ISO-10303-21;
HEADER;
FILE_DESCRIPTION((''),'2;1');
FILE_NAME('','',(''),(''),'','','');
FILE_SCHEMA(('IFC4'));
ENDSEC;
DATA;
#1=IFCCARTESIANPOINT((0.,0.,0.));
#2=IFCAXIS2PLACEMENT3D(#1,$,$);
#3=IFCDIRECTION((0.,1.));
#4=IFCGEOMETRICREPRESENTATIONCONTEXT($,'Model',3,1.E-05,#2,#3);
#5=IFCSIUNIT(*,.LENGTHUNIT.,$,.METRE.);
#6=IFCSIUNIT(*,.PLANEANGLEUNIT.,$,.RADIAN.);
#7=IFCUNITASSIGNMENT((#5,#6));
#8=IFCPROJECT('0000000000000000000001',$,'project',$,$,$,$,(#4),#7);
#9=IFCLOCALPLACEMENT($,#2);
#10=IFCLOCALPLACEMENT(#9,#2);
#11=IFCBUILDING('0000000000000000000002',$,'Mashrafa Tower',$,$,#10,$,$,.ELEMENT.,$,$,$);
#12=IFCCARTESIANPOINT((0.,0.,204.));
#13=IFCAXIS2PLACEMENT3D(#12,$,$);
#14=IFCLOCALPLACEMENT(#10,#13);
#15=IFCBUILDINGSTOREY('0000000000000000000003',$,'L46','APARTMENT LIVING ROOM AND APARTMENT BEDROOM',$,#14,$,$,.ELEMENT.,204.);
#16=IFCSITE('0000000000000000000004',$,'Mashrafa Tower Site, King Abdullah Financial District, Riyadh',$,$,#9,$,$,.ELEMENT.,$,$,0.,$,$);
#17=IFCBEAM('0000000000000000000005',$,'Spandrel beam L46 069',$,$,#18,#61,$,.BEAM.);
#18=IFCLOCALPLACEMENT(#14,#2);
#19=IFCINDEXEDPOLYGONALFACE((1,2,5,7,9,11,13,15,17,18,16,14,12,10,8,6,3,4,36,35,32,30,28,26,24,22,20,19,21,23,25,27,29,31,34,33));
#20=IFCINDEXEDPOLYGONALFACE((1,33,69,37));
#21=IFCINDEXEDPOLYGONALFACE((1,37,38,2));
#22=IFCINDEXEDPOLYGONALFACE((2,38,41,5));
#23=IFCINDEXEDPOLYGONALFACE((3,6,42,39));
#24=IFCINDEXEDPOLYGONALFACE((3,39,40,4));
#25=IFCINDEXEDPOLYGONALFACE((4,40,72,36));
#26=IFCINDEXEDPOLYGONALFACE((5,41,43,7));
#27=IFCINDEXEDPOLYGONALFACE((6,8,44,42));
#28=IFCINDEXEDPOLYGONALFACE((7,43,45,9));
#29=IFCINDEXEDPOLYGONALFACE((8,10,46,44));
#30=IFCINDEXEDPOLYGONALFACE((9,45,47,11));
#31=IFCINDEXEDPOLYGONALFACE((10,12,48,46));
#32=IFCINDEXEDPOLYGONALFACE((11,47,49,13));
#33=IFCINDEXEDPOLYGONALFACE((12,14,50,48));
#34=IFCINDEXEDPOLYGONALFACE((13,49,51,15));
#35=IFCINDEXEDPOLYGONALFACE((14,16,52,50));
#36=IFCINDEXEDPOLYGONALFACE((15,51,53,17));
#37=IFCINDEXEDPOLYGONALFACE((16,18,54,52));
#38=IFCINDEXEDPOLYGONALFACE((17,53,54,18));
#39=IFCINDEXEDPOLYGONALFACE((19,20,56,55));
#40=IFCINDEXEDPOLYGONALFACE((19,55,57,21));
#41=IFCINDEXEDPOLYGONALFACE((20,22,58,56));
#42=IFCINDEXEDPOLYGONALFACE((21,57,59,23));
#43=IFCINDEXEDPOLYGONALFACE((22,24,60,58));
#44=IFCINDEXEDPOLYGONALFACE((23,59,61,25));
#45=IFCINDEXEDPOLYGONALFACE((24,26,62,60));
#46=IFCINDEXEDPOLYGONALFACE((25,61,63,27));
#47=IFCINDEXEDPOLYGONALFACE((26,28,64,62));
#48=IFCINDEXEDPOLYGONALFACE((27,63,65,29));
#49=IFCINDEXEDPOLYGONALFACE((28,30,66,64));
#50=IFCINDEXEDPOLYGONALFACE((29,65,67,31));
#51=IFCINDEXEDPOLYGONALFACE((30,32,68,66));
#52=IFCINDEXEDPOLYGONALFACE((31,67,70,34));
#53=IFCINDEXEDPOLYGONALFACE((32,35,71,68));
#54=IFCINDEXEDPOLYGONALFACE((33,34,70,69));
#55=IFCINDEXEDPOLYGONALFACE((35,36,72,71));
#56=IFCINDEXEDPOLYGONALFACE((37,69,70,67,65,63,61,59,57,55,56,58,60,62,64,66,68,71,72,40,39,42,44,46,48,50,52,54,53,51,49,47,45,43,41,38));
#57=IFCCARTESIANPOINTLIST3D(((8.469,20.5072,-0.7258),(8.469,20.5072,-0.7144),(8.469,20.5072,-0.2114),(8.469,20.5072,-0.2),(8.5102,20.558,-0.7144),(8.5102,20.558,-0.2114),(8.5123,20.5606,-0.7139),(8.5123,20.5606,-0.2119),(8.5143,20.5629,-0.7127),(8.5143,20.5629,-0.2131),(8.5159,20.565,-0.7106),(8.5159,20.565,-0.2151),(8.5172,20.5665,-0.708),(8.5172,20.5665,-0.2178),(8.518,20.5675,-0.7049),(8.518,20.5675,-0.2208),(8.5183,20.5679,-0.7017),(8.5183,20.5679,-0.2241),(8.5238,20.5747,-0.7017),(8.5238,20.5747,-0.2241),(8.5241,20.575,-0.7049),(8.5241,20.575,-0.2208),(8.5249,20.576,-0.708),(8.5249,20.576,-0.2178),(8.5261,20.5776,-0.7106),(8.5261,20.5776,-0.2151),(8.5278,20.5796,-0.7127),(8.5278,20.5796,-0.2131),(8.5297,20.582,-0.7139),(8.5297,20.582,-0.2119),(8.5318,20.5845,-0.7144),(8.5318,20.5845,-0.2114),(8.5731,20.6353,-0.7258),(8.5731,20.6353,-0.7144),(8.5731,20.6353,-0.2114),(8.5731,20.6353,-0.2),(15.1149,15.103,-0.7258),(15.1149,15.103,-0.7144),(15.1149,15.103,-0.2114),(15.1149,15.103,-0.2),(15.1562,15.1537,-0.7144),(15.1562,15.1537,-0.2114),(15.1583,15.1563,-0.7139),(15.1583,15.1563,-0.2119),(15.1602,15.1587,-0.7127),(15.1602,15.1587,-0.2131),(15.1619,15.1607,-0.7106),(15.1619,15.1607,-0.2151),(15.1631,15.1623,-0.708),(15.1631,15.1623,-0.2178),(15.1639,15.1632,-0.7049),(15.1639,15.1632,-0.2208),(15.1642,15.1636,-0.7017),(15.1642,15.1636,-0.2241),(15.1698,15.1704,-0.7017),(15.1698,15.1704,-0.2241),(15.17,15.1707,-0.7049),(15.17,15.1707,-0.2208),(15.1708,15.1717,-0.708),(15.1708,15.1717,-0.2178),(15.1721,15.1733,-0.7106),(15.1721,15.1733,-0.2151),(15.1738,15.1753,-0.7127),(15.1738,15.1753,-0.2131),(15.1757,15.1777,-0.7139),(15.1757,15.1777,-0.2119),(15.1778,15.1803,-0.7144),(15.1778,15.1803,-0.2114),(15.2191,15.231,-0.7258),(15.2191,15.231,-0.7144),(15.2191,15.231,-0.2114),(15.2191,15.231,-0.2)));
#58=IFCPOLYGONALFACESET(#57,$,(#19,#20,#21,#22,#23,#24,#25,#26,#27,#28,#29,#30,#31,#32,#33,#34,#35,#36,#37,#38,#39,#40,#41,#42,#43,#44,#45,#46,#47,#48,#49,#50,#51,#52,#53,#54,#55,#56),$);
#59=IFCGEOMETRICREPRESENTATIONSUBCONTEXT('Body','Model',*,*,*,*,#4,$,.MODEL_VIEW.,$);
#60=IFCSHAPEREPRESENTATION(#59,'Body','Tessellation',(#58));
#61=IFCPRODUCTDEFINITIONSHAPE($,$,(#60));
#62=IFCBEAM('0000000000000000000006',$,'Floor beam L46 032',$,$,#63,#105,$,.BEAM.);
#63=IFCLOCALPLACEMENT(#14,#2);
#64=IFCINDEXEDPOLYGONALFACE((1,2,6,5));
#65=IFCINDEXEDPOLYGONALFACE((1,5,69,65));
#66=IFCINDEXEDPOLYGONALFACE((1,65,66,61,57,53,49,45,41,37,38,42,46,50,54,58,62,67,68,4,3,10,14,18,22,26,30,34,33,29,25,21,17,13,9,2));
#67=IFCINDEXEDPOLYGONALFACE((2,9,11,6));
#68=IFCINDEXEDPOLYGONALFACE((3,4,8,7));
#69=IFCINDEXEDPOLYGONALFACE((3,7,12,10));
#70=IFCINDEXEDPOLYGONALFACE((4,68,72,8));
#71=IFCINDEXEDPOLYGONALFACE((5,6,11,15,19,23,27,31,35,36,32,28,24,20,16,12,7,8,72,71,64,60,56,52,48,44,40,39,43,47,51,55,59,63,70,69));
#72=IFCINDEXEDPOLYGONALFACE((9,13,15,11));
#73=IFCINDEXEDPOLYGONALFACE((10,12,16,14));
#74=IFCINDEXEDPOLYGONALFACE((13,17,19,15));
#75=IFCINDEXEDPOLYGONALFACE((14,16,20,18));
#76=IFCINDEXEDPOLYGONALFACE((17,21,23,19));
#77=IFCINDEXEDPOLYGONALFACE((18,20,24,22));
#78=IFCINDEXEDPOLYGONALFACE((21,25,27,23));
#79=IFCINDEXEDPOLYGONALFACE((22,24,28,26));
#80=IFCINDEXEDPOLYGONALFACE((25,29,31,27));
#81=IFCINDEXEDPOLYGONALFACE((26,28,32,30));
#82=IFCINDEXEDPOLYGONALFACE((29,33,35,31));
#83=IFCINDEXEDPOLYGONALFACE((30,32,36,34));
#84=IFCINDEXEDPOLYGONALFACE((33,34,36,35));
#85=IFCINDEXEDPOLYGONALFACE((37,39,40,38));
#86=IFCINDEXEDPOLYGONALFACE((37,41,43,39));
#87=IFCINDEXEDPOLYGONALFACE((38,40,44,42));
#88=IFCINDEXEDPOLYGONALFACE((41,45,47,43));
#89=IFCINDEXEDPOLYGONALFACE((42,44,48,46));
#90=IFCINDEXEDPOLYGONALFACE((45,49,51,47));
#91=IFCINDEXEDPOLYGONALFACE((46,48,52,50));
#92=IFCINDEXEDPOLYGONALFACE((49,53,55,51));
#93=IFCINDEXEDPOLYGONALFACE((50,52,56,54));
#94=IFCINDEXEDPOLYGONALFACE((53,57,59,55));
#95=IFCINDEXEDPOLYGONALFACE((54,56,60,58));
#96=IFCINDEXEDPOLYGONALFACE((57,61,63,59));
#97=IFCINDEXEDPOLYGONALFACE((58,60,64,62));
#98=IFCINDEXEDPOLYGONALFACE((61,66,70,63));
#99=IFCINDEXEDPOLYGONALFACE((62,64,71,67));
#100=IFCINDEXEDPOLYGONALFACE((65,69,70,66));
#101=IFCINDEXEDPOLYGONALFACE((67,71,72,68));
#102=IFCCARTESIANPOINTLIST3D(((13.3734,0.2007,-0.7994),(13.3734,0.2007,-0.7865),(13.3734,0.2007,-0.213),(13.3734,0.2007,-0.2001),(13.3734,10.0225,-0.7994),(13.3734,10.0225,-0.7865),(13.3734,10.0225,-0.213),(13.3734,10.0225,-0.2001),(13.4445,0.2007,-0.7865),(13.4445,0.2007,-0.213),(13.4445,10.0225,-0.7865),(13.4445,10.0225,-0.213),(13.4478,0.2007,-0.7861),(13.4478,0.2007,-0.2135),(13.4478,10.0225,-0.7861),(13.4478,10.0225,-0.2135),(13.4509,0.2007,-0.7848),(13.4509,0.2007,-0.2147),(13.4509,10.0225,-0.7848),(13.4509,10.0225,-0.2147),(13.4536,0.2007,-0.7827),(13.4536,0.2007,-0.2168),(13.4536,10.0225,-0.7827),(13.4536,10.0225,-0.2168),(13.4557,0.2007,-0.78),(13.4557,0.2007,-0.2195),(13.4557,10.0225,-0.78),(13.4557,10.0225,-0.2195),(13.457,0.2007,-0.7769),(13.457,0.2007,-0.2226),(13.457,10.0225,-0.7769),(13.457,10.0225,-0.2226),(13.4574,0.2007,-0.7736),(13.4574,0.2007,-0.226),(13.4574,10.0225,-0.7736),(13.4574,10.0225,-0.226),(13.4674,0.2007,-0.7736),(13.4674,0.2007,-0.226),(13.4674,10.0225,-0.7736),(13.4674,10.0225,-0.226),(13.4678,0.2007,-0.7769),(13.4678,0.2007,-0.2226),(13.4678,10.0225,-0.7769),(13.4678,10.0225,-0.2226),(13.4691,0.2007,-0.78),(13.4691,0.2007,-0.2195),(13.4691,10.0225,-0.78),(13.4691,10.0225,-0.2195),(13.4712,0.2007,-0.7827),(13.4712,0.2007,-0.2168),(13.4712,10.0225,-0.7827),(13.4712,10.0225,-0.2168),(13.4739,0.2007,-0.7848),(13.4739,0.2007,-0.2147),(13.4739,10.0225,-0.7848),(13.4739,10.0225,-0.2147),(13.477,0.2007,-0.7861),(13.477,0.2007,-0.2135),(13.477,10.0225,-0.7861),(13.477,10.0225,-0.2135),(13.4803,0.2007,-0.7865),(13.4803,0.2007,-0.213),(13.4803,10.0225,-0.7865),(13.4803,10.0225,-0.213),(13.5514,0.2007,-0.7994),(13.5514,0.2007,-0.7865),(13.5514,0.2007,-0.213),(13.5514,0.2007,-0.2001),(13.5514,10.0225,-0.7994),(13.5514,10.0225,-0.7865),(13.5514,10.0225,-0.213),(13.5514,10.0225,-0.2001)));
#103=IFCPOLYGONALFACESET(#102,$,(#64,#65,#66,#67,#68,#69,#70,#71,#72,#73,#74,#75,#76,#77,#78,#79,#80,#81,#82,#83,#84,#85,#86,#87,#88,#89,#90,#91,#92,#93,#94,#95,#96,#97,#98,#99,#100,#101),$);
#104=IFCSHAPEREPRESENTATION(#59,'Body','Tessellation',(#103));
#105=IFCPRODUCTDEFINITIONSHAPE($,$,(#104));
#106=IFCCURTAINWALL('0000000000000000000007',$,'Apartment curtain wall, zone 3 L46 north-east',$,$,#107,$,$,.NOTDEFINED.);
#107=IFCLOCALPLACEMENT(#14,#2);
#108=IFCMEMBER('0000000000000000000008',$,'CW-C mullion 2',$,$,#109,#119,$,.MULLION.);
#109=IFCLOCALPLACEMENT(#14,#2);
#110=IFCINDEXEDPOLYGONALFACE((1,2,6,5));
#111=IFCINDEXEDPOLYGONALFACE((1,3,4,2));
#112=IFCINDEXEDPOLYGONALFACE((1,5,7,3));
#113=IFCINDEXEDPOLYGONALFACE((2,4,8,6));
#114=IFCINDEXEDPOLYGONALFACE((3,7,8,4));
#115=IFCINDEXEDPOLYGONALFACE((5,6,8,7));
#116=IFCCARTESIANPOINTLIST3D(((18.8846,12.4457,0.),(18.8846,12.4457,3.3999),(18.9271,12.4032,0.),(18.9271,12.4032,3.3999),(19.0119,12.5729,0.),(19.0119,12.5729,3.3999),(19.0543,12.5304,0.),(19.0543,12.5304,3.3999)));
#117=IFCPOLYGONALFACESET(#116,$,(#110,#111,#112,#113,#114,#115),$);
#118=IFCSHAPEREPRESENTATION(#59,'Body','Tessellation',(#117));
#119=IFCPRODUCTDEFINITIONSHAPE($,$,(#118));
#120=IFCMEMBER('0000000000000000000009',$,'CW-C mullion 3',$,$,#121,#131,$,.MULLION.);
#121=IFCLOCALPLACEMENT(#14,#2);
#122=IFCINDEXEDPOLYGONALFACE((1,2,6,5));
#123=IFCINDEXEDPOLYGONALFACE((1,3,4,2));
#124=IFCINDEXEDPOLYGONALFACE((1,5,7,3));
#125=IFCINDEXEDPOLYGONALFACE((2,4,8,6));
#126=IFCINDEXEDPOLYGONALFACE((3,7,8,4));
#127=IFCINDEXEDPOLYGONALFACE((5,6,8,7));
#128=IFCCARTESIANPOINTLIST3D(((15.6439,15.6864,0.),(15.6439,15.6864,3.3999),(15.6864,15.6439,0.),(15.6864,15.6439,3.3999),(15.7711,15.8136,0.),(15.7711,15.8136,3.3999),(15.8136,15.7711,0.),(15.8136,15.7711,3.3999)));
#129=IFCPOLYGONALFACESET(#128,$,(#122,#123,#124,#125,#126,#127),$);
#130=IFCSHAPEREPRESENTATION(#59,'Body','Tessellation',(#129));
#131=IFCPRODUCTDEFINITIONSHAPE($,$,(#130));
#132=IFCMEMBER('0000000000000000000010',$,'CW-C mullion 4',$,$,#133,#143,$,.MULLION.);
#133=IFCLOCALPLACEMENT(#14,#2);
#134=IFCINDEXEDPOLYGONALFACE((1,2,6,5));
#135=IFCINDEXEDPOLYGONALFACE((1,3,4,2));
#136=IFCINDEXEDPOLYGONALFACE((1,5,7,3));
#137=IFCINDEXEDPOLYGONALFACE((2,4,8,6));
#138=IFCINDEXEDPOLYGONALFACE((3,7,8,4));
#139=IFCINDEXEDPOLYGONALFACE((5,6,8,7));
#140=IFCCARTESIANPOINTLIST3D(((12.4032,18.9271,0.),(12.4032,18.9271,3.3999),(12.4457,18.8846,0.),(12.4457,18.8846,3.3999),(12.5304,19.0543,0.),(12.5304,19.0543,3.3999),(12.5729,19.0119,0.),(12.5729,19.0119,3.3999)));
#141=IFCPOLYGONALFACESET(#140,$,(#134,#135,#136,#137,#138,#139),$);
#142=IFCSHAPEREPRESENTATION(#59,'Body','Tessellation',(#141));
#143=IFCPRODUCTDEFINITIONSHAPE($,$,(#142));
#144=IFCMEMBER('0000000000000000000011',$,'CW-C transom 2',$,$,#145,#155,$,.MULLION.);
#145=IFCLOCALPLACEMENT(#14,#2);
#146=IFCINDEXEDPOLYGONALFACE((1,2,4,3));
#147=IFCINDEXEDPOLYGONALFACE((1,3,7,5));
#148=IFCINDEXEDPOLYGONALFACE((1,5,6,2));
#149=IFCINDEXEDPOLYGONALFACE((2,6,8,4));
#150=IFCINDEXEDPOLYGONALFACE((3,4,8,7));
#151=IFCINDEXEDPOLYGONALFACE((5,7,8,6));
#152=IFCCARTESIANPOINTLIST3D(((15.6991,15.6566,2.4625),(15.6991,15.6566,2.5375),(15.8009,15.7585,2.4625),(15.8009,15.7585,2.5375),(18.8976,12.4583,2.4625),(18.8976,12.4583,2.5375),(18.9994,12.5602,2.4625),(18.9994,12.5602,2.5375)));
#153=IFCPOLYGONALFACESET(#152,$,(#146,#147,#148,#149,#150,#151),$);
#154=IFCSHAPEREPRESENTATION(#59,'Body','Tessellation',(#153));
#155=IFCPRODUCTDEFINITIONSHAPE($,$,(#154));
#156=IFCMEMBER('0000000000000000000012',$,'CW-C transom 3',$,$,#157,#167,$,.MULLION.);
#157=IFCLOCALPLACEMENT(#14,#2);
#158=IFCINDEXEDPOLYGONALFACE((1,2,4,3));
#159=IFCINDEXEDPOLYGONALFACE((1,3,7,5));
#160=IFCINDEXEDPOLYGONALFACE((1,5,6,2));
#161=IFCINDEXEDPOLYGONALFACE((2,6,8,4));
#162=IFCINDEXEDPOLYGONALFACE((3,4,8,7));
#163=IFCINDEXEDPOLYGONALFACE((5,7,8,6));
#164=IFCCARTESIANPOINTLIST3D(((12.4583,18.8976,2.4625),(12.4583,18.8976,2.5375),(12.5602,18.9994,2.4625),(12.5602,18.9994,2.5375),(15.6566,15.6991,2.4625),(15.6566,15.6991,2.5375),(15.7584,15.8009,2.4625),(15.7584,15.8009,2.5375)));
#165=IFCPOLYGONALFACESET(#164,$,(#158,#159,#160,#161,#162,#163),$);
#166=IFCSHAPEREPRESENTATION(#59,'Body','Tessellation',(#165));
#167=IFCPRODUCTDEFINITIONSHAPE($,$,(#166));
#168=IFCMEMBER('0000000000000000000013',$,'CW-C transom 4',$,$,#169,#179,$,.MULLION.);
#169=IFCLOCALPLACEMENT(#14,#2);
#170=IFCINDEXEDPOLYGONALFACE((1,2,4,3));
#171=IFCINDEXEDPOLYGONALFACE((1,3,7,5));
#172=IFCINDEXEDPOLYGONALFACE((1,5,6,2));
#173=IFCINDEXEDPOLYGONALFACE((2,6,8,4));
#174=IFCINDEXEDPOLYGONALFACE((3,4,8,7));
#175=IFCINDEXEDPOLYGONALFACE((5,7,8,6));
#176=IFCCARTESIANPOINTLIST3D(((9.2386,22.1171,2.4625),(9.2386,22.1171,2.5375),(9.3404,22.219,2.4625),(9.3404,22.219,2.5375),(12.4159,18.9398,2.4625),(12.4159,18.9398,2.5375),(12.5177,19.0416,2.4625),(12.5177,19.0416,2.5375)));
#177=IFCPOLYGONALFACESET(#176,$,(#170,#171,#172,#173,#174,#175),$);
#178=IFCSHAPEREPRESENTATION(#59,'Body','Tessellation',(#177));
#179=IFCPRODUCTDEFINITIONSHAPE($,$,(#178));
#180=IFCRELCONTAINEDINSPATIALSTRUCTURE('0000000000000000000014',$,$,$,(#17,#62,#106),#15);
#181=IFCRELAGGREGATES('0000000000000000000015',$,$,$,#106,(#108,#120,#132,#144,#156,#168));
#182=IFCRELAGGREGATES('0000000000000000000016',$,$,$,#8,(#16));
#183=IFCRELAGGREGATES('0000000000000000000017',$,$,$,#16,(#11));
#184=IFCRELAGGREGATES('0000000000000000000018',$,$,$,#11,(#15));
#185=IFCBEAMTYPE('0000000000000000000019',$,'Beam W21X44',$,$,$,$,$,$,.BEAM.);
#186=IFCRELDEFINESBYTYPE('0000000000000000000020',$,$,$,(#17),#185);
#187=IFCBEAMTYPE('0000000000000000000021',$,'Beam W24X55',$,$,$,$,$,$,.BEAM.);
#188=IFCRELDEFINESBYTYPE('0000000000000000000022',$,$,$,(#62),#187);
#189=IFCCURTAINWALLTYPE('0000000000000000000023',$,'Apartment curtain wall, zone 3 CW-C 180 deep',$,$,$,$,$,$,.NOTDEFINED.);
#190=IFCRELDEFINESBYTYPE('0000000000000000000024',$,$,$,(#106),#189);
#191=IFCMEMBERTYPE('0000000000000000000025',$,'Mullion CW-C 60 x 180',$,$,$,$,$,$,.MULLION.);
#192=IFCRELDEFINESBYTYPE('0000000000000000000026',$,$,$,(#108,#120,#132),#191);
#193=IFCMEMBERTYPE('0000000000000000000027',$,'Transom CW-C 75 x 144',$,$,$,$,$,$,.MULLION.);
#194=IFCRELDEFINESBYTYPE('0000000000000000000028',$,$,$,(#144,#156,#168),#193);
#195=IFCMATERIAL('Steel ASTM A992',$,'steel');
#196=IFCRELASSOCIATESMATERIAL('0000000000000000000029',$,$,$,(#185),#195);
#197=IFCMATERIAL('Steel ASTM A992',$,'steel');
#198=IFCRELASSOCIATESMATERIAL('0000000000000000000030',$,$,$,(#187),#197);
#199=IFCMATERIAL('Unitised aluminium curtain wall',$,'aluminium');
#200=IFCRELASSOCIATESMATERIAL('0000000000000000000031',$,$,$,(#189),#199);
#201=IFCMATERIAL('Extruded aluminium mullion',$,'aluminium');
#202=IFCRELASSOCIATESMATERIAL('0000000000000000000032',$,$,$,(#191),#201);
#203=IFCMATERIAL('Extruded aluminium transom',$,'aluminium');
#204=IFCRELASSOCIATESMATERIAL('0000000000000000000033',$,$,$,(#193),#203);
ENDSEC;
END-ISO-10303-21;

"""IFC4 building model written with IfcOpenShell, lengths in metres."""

from ifc_helpers import new_model, si_unit, direction, frame, origin, origin_2d, place, context, subcontext, project, spatial, rectangle, i_section, extrude, source, transform, mapped, material, material_profile, profile_set, type_object, type_shapes, element, aggregate, save


model = new_model("IFC4")

# Units and contexts
model_context = context("Model", 3, precision=1e-05, world=origin(), true_north=direction((0.0, 1.0)))
body_context = subcontext(model_context, "Body", "Model", "MODEL_VIEW")
ifc_project = project(units=[si_unit("LENGTHUNIT", "METRE"), si_unit("PLANEANGLEUNIT", "RADIAN")], contexts=[model_context])

# Site, building, storey
site_placement = place(None, origin())
site = spatial("IfcSite", under=ifc_project, at=site_placement, Name="Mashrafa Tower Site, King Abdullah Financial District, Riyadh", CompositionType="ELEMENT", RefElevation=0.0)
building_placement = place(site_placement, origin())
building = spatial("IfcBuilding", under=site, at=building_placement, Name="Mashrafa Tower", CompositionType="ELEMENT")
storey_placement = place(building_placement, frame((0.0, 0.0, 204.0)))
storey = spatial("IfcBuildingStorey", under=building, at=storey_placement, Name="L46", Description="APARTMENT LIVING ROOM AND APARTMENT BEDROOM", CompositionType="ELEMENT", Elevation=204.0)

# Beams
ifc_material_1 = material(Name="Steel ASTM A992", Category="steel")
ifc_material_profile_1 = material_profile(ifc_material_1, i_section(OverallWidth=0.165, OverallDepth=0.5259, WebThickness=0.0088, FlangeThickness=0.0115, FilletRadius=0.0127, at=origin_2d()), Name="W21X44")
ifc_profile_set_1 = profile_set([ifc_material_profile_1], Name="Steel ASTM A992")
beam_type_1 = type_object("IfcBeamType", Name="Beam W21X44", PredefinedType="BEAM", material=ifc_profile_set_1)
beam_1_placement = place(storey_placement, frame((15.167, 15.167, -0.4629), z_axis=(-0.775861, 0.630904, 0.0), x_axis=(-0.630904, -0.775861, 0.0)))
element("IfcBeam", 1, at=beam_1_placement, inside=storey, type_object=beam_type_1, Name="Spandrel beam L46 069", PredefinedType="BEAM", context=body_context, shape_type="SweptSolid", body=[
    extrude(i_section(OverallWidth=0.165, OverallDepth=0.5259, WebThickness=0.0088, FlangeThickness=0.0115, FilletRadius=0.0127, at=origin_2d()), origin(), (0.0, 0.0, 1.0), 8.5659),
])
ifc_material_2 = material(Name="Steel ASTM A992", Category="steel")
ifc_material_profile_2 = material_profile(ifc_material_2, i_section(OverallWidth=0.178, OverallDepth=0.5994, WebThickness=0.01, FlangeThickness=0.0129, FilletRadius=0.0129, at=origin_2d()), Name="W24X55")
ifc_profile_set_2 = profile_set([ifc_material_profile_2], Name="Steel ASTM A992")
beam_type_2 = type_object("IfcBeamType", Name="Beam W24X55", PredefinedType="BEAM", material=ifc_profile_set_2)
beam_2_placement = place(storey_placement, frame((13.4624, 10.0225, -0.4998), z_axis=(0.0, -1.0, 0.0), x_axis=(1.0, 0.0, 0.0)))
element("IfcBeam", 2, at=beam_2_placement, inside=storey, type_object=beam_type_2, Name="Floor beam L46 032", PredefinedType="BEAM", context=body_context, shape_type="SweptSolid", body=[
    extrude(i_section(OverallWidth=0.178, OverallDepth=0.5994, WebThickness=0.01, FlangeThickness=0.0129, FilletRadius=0.0129, at=origin_2d()), origin(), (0.0, 0.0, 1.0), 9.8218),
])

# Curtain wall, members
ifc_material_3 = material(Name="Unitised aluminium curtain wall", Category="aluminium")
curtain_wall_type = type_object("IfcCurtainWallType", Name="Apartment curtain wall, zone 3 CW-C 180 deep", PredefinedType="NOTDEFINED", material=ifc_material_3)
curtain_wall_placement = place(storey_placement, origin())
curtain_wall = element("IfcCurtainWall", 3, at=curtain_wall_placement, inside=storey, type_object=curtain_wall_type, Name="Apartment curtain wall, zone 3 L46 north-east", PredefinedType="NOTDEFINED")
ifc_material_4 = material(Name="Extruded aluminium mullion", Category="aluminium")
ifc_material_profile_3 = material_profile(ifc_material_4, rectangle(XDim=0.1799, YDim=0.0601, at=origin_2d()), Name="Mullion 60x180")
ifc_profile_set_3 = profile_set([ifc_material_profile_3], Name="Extruded aluminium mullion")
member_type_1 = type_object("IfcMemberType", Name="Mullion CW-C 60 x 180", PredefinedType="MULLION", material=ifc_profile_set_3)
shared_shape_1 = source(origin(), body_context, "Body", "SweptSolid", [
    extrude(rectangle(XDim=0.1799, YDim=0.0601, at=origin_2d()), origin(), (0.0, 0.0, 1.0), 3.3999),
])
type_shapes(member_type_1, [shared_shape_1])
member_1_placement = place(storey_placement, frame((18.9695, 12.488, 0.0), z_axis=(0.0, 0.0, 1.0), x_axis=(-0.707107, -0.707107, 0.0)))
member_1 = element("IfcMember", 4, at=member_1_placement, type_object=member_type_1, Name="CW-C mullion 2", PredefinedType="MULLION", context=body_context, shape_type="MappedRepresentation", body=[
    mapped(shared_shape_1, transform((0.0, 0.0, 0.0))),
])
member_2_placement = place(storey_placement, frame((15.7288, 15.7288, 0.0), z_axis=(0.0, 0.0, 1.0), x_axis=(-0.707107, -0.707107, 0.0)))
member_2 = element("IfcMember", 5, at=member_2_placement, type_object=member_type_1, Name="CW-C mullion 3", PredefinedType="MULLION", context=body_context, shape_type="MappedRepresentation", body=[
    mapped(shared_shape_1, transform((0.0, 0.0, 0.0))),
])
member_3_placement = place(storey_placement, frame((12.488, 18.9695, 0.0), z_axis=(0.0, 0.0, 1.0), x_axis=(-0.707107, -0.707107, 0.0)))
member_3 = element("IfcMember", 6, at=member_3_placement, type_object=member_type_1, Name="CW-C mullion 4", PredefinedType="MULLION", context=body_context, shape_type="MappedRepresentation", body=[
    mapped(shared_shape_1, transform((0.0, 0.0, 0.0))),
])
ifc_material_5 = material(Name="Extruded aluminium transom", Category="aluminium")
ifc_material_profile_4 = material_profile(ifc_material_5, rectangle(XDim=0.144, YDim=0.075, at=origin_2d()), Name="Transom 75x144")
ifc_profile_set_4 = profile_set([ifc_material_profile_4], Name="Extruded aluminium transom")
member_type_2 = type_object("IfcMemberType", Name="Transom CW-C 75 x 144", PredefinedType="MULLION", material=ifc_profile_set_4)
shared_shape_2 = source(origin(), body_context, "Body", "SweptSolid", [
    extrude(rectangle(XDim=0.144, YDim=0.075, at=origin_2d()), origin(), (0.0, 0.0, 1.0), 4.5232),
])
member_4_placement = place(storey_placement, frame((18.9485, 12.5093, 2.5), z_axis=(-0.707134, 0.70708, 0.0), x_axis=(-0.70708, -0.707134, 0.0)))
member_4 = element("IfcMember", 7, at=member_4_placement, type_object=member_type_2, Name="CW-C transom 2", PredefinedType="MULLION", context=body_context, shape_type="MappedRepresentation", body=[
    mapped(shared_shape_2, transform((0.0, 0.0, 0.0))),
])
member_5_placement = place(storey_placement, frame((15.7075, 15.75, 2.5), z_axis=(-0.70708, 0.707134, 0.0), x_axis=(-0.707134, -0.70708, 0.0)))
member_5 = element("IfcMember", 8, at=member_5_placement, type_object=member_type_2, Name="CW-C transom 3", PredefinedType="MULLION", context=body_context, shape_type="MappedRepresentation", body=[
    mapped(shared_shape_2, transform((0.0, 0.0, 0.0))),
])
shared_shape_3 = source(origin(), body_context, "Body", "SweptSolid", [
    extrude(rectangle(XDim=0.144, YDim=0.075, at=origin_2d()), origin(), (0.0, 0.0, 1.0), 4.4934),
])
type_shapes(member_type_2, [shared_shape_2, shared_shape_3])
member_6_placement = place(storey_placement, frame((12.4668, 18.9907, 2.5), z_axis=(-0.707107, 0.707107, 0.0), x_axis=(-0.707107, -0.707107, 0.0)))
member_6 = element("IfcMember", 9, at=member_6_placement, type_object=member_type_2, Name="CW-C transom 4", PredefinedType="MULLION", context=body_context, shape_type="MappedRepresentation", body=[
    mapped(shared_shape_3, transform((0.0, 0.0, 0.0))),
])
aggregate(curtain_wall, [member_1, member_2, member_3, member_4, member_5, member_6])

save(model, "model.ifc")
